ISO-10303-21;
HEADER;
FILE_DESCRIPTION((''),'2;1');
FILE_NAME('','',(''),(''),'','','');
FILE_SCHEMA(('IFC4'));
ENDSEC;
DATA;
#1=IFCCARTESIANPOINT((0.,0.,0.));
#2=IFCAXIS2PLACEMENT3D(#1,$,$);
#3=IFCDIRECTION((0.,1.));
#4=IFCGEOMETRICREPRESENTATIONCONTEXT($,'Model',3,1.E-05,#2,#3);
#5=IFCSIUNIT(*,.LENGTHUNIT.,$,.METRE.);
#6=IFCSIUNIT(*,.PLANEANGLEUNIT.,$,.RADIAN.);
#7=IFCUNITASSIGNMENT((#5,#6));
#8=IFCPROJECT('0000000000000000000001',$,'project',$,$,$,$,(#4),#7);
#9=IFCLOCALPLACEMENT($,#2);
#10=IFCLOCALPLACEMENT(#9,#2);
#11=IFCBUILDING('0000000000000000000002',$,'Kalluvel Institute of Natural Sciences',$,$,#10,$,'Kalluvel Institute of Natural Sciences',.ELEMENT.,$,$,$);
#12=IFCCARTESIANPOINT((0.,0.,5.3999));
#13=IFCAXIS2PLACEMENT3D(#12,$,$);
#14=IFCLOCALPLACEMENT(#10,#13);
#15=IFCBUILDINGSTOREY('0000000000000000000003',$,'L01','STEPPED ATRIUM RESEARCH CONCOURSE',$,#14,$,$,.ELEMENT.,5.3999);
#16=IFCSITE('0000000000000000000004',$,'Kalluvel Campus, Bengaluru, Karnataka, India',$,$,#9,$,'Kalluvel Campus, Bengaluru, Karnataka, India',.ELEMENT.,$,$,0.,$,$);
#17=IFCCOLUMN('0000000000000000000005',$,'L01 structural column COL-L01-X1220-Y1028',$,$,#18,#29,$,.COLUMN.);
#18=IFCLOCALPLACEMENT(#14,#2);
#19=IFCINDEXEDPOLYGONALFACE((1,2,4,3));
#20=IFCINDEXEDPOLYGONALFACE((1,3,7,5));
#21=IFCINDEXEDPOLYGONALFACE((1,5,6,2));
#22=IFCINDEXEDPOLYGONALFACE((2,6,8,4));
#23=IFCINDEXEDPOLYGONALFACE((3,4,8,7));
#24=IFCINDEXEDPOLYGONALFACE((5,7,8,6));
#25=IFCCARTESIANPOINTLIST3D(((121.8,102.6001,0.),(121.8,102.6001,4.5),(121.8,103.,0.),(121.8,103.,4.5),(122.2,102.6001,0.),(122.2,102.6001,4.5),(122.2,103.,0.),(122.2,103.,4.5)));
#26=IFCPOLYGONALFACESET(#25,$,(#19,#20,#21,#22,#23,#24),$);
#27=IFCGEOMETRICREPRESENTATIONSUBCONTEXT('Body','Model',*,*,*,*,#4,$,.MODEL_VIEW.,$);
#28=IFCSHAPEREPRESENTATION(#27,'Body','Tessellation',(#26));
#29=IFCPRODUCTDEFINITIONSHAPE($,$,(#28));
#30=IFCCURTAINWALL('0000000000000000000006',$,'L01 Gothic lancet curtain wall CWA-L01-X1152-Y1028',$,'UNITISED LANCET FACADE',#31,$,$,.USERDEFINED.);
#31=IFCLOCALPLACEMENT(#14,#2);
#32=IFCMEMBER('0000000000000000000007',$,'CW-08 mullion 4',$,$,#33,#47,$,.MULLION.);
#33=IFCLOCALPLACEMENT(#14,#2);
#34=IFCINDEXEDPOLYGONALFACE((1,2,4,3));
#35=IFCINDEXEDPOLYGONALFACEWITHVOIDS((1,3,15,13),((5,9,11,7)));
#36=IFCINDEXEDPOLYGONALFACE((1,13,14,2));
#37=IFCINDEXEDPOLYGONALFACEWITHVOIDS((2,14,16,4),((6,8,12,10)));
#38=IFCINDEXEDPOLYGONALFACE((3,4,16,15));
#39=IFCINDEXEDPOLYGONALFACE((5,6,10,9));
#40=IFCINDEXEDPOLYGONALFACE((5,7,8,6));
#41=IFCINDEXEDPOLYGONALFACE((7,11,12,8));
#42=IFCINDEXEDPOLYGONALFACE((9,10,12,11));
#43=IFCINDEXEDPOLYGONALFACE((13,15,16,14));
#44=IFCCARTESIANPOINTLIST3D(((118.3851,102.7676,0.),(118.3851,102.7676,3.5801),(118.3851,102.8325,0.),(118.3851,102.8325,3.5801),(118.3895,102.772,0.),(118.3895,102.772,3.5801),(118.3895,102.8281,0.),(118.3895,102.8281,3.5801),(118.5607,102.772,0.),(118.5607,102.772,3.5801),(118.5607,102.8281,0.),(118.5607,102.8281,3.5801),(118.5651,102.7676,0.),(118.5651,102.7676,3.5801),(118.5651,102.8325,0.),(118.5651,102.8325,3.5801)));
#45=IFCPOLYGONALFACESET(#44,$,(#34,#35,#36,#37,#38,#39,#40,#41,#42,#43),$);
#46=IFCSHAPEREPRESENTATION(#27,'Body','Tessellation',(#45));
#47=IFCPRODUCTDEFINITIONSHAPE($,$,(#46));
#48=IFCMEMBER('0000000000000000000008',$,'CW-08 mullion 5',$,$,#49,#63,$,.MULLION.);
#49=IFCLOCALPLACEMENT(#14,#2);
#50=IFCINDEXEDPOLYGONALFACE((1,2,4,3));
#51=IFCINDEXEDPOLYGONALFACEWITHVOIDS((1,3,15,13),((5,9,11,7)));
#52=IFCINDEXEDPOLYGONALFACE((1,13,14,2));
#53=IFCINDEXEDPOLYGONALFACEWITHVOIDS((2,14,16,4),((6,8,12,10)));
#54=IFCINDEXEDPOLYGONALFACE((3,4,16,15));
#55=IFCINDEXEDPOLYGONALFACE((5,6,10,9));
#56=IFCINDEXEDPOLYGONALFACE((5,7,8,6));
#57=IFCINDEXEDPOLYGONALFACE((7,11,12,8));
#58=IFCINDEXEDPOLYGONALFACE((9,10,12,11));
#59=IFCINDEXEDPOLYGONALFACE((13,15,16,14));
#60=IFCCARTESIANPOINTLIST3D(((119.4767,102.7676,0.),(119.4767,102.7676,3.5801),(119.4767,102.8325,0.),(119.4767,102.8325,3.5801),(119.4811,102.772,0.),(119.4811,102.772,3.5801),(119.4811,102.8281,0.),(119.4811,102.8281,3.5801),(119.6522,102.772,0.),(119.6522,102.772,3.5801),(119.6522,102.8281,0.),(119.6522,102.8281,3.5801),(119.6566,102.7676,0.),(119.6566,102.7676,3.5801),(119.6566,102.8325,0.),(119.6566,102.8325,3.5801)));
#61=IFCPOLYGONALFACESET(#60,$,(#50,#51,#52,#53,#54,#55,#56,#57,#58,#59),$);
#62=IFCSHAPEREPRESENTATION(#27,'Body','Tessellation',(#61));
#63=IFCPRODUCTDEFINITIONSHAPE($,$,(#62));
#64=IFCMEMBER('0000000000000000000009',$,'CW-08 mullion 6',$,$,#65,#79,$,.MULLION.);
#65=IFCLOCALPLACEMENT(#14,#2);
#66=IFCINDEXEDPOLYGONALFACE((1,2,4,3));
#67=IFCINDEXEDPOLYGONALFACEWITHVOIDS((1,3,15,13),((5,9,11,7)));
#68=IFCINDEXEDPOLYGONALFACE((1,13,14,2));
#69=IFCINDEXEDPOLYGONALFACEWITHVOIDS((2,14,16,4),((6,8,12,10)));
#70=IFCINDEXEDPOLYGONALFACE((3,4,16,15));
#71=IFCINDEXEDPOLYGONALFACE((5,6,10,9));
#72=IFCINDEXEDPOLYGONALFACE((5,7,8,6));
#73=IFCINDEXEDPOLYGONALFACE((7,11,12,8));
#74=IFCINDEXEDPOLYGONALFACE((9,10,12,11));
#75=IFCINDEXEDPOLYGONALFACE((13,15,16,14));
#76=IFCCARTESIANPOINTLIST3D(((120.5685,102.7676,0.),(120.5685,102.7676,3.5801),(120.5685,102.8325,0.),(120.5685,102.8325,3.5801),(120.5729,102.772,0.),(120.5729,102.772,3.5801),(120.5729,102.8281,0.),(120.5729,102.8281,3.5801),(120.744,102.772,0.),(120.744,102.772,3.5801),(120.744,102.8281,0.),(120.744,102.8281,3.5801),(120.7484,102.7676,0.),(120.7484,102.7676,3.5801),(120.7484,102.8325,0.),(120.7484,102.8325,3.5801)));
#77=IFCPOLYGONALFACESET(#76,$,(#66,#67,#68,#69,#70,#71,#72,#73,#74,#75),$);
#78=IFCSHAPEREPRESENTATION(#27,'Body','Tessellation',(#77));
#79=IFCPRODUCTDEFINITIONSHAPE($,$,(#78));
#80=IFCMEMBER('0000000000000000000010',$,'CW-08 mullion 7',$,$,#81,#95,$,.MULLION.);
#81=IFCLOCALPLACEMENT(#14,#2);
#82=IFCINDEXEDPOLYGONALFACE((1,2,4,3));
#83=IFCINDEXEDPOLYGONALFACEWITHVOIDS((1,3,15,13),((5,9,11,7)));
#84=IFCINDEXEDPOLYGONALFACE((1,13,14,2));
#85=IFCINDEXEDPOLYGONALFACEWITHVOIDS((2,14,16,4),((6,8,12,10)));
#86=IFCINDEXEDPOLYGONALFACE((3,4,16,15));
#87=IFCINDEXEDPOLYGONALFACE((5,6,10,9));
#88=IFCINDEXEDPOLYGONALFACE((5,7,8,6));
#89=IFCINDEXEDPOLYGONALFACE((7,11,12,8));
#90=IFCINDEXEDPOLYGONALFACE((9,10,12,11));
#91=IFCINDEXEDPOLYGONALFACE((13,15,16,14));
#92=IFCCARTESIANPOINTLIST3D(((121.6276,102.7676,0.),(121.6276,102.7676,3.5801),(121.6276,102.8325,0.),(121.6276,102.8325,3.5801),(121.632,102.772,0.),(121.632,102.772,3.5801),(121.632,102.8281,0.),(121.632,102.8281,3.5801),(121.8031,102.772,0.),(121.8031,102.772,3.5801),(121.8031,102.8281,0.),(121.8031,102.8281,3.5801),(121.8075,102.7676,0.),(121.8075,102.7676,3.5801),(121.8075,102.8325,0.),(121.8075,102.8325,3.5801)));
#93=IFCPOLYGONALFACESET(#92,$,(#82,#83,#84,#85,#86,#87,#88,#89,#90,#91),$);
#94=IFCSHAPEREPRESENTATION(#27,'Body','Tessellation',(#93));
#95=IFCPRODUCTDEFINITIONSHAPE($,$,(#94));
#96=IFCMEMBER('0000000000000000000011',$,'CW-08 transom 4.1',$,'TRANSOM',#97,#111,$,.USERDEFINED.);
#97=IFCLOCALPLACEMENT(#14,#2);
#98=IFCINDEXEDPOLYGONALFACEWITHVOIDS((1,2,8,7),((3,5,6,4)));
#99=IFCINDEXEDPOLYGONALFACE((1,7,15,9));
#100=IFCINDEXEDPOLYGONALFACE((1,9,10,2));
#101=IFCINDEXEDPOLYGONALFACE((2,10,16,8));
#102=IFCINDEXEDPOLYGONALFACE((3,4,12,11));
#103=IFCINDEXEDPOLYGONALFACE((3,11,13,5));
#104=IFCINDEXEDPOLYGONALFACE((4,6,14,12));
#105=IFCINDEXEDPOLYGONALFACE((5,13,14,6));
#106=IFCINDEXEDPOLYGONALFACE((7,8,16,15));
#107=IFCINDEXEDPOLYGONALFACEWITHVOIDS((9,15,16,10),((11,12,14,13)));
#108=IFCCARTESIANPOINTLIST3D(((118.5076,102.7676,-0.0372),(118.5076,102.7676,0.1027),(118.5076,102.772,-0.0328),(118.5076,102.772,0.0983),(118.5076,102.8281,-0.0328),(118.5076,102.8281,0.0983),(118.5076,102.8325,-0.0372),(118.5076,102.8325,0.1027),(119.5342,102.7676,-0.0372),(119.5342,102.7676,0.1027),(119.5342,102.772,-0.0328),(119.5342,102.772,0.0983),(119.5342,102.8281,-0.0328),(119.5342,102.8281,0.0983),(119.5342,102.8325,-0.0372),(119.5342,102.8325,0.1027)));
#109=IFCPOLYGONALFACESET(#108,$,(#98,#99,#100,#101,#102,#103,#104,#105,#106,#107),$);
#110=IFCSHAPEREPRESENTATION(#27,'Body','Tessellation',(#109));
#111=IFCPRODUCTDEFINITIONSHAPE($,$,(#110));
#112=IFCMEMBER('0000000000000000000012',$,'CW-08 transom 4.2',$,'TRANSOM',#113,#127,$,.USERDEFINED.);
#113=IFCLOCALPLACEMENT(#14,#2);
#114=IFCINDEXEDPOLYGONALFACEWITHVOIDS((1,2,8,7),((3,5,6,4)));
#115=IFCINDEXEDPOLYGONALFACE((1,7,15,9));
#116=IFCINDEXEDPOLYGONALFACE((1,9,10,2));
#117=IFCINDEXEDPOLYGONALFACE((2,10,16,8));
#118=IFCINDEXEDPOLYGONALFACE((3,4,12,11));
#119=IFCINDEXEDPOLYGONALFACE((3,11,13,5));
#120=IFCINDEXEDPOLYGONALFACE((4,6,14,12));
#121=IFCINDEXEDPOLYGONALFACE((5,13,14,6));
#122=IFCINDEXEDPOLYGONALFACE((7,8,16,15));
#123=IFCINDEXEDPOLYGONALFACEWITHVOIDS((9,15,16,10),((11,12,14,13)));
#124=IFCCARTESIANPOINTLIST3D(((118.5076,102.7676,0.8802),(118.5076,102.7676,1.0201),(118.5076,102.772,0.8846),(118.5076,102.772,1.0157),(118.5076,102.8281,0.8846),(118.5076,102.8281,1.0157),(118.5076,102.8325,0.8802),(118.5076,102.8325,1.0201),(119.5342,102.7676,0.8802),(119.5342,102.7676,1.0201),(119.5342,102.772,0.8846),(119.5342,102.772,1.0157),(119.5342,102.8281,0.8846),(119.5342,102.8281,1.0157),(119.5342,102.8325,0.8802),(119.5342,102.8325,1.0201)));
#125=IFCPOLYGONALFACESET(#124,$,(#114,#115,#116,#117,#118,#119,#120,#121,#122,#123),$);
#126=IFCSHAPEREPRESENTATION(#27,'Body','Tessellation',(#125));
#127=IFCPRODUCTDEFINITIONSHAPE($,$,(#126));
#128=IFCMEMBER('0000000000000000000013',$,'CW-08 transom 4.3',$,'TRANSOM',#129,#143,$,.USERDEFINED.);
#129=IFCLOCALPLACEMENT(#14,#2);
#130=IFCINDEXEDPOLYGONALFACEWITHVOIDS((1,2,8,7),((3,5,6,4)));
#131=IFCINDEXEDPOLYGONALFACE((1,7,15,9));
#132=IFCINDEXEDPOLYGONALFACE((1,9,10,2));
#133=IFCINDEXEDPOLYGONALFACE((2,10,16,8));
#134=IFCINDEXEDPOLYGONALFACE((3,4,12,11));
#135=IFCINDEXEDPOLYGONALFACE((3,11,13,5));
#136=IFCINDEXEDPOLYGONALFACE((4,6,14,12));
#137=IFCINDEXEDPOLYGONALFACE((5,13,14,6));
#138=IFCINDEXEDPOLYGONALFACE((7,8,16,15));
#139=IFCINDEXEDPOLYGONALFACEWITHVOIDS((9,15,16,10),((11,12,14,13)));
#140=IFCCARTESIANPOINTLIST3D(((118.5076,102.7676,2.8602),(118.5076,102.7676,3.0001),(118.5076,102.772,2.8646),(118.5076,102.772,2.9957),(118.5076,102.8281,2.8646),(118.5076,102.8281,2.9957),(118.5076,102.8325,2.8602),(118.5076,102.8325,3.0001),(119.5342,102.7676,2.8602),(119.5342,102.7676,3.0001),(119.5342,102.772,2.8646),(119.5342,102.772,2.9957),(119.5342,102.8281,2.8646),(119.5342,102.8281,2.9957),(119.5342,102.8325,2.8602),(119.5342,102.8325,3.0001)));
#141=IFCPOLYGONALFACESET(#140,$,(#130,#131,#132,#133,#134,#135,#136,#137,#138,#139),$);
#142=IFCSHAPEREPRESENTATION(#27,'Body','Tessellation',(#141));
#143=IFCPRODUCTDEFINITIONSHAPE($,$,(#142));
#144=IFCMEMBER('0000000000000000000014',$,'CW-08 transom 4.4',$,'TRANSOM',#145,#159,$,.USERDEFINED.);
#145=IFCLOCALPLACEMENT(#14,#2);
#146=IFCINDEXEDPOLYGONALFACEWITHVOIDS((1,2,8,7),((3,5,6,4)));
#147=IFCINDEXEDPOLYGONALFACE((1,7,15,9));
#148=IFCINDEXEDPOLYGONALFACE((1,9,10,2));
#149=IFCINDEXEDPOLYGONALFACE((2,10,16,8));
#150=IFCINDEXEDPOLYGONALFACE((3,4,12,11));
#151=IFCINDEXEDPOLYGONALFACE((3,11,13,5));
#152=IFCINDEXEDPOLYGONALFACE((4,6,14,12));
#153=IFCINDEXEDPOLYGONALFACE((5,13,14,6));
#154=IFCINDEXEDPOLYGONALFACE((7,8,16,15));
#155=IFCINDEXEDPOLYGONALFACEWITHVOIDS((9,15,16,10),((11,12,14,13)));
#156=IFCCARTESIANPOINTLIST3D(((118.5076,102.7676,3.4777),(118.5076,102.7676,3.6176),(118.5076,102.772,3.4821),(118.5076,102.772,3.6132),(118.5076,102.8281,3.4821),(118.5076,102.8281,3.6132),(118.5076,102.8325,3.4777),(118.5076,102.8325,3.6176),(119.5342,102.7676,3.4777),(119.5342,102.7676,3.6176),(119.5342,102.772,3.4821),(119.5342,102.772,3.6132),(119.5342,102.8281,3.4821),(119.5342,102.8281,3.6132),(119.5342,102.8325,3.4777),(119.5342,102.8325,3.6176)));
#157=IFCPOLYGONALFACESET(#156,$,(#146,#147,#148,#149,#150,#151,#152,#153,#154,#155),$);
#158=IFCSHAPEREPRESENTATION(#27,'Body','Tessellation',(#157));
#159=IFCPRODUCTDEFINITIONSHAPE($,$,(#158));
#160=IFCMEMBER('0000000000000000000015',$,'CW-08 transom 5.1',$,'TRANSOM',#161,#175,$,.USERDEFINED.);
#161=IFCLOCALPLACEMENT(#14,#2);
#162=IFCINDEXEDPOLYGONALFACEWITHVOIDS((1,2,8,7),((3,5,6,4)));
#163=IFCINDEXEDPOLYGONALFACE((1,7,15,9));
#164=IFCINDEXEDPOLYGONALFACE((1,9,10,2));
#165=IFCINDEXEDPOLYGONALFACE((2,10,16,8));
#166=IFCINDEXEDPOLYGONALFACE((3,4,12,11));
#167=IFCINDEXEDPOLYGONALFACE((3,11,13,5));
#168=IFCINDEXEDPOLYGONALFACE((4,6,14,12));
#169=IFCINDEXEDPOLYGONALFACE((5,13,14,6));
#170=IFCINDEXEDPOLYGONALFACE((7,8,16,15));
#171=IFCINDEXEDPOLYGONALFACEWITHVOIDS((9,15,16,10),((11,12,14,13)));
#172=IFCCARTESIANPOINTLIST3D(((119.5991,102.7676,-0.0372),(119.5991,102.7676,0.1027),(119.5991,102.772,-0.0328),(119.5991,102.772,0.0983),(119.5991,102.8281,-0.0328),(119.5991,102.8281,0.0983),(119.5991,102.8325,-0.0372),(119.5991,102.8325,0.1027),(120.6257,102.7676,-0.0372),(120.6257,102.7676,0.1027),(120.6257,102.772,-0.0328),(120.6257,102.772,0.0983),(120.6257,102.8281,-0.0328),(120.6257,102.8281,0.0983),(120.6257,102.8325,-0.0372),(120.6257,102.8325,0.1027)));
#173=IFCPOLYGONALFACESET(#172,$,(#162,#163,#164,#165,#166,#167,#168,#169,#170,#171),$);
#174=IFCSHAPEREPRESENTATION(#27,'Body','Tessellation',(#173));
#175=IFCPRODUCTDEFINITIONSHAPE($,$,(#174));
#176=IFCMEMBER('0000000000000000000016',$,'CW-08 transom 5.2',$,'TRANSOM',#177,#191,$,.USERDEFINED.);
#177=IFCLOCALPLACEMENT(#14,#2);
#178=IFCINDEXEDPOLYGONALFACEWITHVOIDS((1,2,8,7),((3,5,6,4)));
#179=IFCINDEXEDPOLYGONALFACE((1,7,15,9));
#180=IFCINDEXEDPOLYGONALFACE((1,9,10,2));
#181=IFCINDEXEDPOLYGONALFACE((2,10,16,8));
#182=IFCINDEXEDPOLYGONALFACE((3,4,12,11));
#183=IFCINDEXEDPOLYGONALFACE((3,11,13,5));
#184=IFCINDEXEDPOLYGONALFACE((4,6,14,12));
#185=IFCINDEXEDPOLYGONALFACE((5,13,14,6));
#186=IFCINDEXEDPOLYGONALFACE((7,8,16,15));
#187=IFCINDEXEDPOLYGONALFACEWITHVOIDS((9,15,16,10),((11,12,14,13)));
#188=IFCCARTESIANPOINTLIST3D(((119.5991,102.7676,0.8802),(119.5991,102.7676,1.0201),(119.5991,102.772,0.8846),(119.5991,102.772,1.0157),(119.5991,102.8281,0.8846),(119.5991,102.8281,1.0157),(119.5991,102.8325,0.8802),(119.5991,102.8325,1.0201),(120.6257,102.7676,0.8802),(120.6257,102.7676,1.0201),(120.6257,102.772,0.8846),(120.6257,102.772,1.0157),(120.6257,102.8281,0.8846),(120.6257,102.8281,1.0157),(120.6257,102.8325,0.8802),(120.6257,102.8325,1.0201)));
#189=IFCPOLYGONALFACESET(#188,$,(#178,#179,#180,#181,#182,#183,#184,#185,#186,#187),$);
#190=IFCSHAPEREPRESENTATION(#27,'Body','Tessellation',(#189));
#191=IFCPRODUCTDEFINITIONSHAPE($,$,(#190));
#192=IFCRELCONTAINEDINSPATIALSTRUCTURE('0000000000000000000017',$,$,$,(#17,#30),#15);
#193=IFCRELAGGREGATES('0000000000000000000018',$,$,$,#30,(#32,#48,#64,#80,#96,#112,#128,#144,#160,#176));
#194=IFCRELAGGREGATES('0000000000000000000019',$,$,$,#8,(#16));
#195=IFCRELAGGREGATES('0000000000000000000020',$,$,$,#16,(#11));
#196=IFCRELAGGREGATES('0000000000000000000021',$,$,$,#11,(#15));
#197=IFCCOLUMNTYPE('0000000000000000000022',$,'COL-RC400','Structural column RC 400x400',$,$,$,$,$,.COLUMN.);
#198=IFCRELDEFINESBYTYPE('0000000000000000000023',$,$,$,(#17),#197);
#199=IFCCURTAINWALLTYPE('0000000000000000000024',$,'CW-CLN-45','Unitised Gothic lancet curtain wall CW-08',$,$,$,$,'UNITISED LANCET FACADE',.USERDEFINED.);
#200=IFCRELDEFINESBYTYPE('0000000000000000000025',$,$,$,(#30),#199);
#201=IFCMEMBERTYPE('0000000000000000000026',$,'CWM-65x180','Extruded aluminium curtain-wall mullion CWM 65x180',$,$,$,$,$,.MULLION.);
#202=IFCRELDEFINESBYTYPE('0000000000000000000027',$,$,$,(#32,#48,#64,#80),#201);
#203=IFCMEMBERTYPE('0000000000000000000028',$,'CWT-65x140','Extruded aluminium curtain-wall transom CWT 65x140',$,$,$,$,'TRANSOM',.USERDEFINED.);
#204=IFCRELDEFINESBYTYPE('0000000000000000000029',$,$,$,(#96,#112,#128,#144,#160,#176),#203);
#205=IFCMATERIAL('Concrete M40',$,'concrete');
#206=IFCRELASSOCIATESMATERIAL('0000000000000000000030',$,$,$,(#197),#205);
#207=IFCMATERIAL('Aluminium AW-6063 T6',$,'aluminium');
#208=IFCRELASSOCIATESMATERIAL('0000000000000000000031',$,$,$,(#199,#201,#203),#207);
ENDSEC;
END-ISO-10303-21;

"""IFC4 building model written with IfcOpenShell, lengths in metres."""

from ifc_helpers import new_model, si_unit, direction, frame, origin, origin_2d, place, context, subcontext, project, spatial, rectangle, hollow_rectangle, extrude, material, material_profile, profile_set, type_object, element, aggregate, save


model = new_model("IFC4")

# Units and contexts
model_context = context("Model", 3, precision=1e-05, world=origin(), true_north=direction((0.0, 1.0)))
body_context = subcontext(model_context, "Body", "Model", "MODEL_VIEW")
ifc_project = project(units=[si_unit("LENGTHUNIT", "METRE"), si_unit("PLANEANGLEUNIT", "RADIAN")], contexts=[model_context])

# Site, building, storey
site_placement = place(None, origin())
site = spatial("IfcSite", under=ifc_project, at=site_placement, Name="Kalluvel Campus, Bengaluru, Karnataka, India", LongName="Kalluvel Campus, Bengaluru, Karnataka, India", CompositionType="ELEMENT", RefElevation=0.0)
building_placement = place(site_placement, origin())
building = spatial("IfcBuilding", under=site, at=building_placement, Name="Kalluvel Institute of Natural Sciences", LongName="Kalluvel Institute of Natural Sciences", CompositionType="ELEMENT")
storey_placement = place(building_placement, frame((0.0, 0.0, 5.3999)))
storey = spatial("IfcBuildingStorey", under=building, at=storey_placement, Name="L01", Description="STEPPED ATRIUM RESEARCH CONCOURSE", CompositionType="ELEMENT", Elevation=5.3999)

# Column
ifc_material_1 = material(Name="Concrete M40", Category="concrete")
ifc_material_profile_1 = material_profile(ifc_material_1, rectangle(XDim=0.3999, YDim=0.3999, at=origin_2d()), Name="RC 400x400")
ifc_profile_set_1 = profile_set([ifc_material_profile_1], Name="Concrete M40")
column_type = type_object("IfcColumnType", Name="COL-RC400", Description="Structural column RC 400x400", PredefinedType="COLUMN", material=ifc_profile_set_1)
column_placement = place(storey_placement, frame((122.0, 102.8, 0.0), z_axis=(0.0, 0.0, 1.0), x_axis=(1.0, 0.0, 0.0)))
element("IfcColumn", 1, at=column_placement, inside=storey, type_object=column_type, Name="L01 structural column COL-L01-X1220-Y1028", PredefinedType="COLUMN", context=body_context, shape_type="SweptSolid", body=[
    extrude(rectangle(XDim=0.3999, YDim=0.3999, at=origin_2d()), origin(), (0.0, 0.0, 1.0), 4.5),
])

# Curtain wall, members
ifc_material_2 = material(Name="Aluminium AW-6063 T6", Category="aluminium")
curtain_wall_type = type_object("IfcCurtainWallType", Name="CW-CLN-45", Description="Unitised Gothic lancet curtain wall CW-08", ElementType="UNITISED LANCET FACADE", PredefinedType="USERDEFINED", material=ifc_material_2)
curtain_wall_placement = place(storey_placement, origin())
curtain_wall = element("IfcCurtainWall", 2, at=curtain_wall_placement, inside=storey, type_object=curtain_wall_type, Name="L01 Gothic lancet curtain wall CWA-L01-X1152-Y1028", ObjectType="UNITISED LANCET FACADE", PredefinedType="USERDEFINED")
ifc_material_profile_2 = material_profile(ifc_material_2, hollow_rectangle(XDim=0.0649, YDim=0.1799, WallThickness=0.0044, at=origin_2d()), Name="CWM 65x180")
ifc_profile_set_2 = profile_set([ifc_material_profile_2], Name="Aluminium AW-6063 T6")
member_type_1 = type_object("IfcMemberType", Name="CWM-65x180", Description="Extruded aluminium curtain-wall mullion CWM 65x180", PredefinedType="MULLION", material=ifc_profile_set_2)
member_1_placement = place(storey_placement, frame((118.4751, 102.8, 0.0), z_axis=(0.0, 0.0, 1.0), x_axis=(0.0, 1.0, 0.0)))
member_1 = element("IfcMember", 3, at=member_1_placement, type_object=member_type_1, Name="CW-08 mullion 4", PredefinedType="MULLION", context=body_context, shape_type="SweptSolid", body=[
    extrude(hollow_rectangle(XDim=0.0649, YDim=0.1799, WallThickness=0.0044, at=origin_2d()), origin(), (0.0, 0.0, 1.0), 3.5801),
])
member_2_placement = place(storey_placement, frame((119.5667, 102.8, 0.0), z_axis=(0.0, 0.0, 1.0), x_axis=(0.0, 1.0, 0.0)))
member_2 = element("IfcMember", 4, at=member_2_placement, type_object=member_type_1, Name="CW-08 mullion 5", PredefinedType="MULLION", context=body_context, shape_type="SweptSolid", body=[
    extrude(hollow_rectangle(XDim=0.0649, YDim=0.1799, WallThickness=0.0044, at=origin_2d()), origin(), (0.0, 0.0, 1.0), 3.5801),
])
member_3_placement = place(storey_placement, frame((120.6584, 102.8, 0.0), z_axis=(0.0, 0.0, 1.0), x_axis=(0.0, 1.0, 0.0)))
member_3 = element("IfcMember", 5, at=member_3_placement, type_object=member_type_1, Name="CW-08 mullion 6", PredefinedType="MULLION", context=body_context, shape_type="SweptSolid", body=[
    extrude(hollow_rectangle(XDim=0.0649, YDim=0.1799, WallThickness=0.0044, at=origin_2d()), origin(), (0.0, 0.0, 1.0), 3.5801),
])
member_4_placement = place(storey_placement, frame((121.7175, 102.8, 0.0), z_axis=(0.0, 0.0, 1.0), x_axis=(0.0, 1.0, 0.0)))
member_4 = element("IfcMember", 6, at=member_4_placement, type_object=member_type_1, Name="CW-08 mullion 7", PredefinedType="MULLION", context=body_context, shape_type="SweptSolid", body=[
    extrude(hollow_rectangle(XDim=0.0649, YDim=0.1799, WallThickness=0.0044, at=origin_2d()), origin(), (0.0, 0.0, 1.0), 3.5801),
])
ifc_material_profile_3 = material_profile(ifc_material_2, hollow_rectangle(XDim=0.0649, YDim=0.1399, WallThickness=0.0044, at=origin_2d()), Name="CWT 65x140")
ifc_profile_set_3 = profile_set([ifc_material_profile_3], Name="Aluminium AW-6063 T6")
member_type_2 = type_object("IfcMemberType", Name="CWT-65x140", Description="Extruded aluminium curtain-wall transom CWT 65x140", ElementType="TRANSOM", PredefinedType="USERDEFINED", material=ifc_profile_set_3)
member_5_placement = place(storey_placement, frame((118.5076, 102.8, 0.0327), z_axis=(1.0, 0.0, 0.0), x_axis=(0.0, 1.0, 0.0)))
member_5 = element("IfcMember", 7, at=member_5_placement, type_object=member_type_2, Name="CW-08 transom 4.1", ObjectType="TRANSOM", PredefinedType="USERDEFINED", context=body_context, shape_type="SweptSolid", body=[
    extrude(hollow_rectangle(XDim=0.0649, YDim=0.1399, WallThickness=0.0044, at=origin_2d()), origin(), (0.0, 0.0, 1.0), 1.0266),
])
member_6_placement = place(storey_placement, frame((118.5076, 102.8, 0.9502), z_axis=(1.0, 0.0, 0.0), x_axis=(0.0, 1.0, 0.0)))
member_6 = element("IfcMember", 8, at=member_6_placement, type_object=member_type_2, Name="CW-08 transom 4.2", ObjectType="TRANSOM", PredefinedType="USERDEFINED", context=body_context, shape_type="SweptSolid", body=[
    extrude(hollow_rectangle(XDim=0.0649, YDim=0.1399, WallThickness=0.0044, at=origin_2d()), origin(), (0.0, 0.0, 1.0), 1.0266),
])
member_7_placement = place(storey_placement, frame((118.5076, 102.8, 2.9302), z_axis=(1.0, 0.0, 0.0), x_axis=(0.0, 1.0, 0.0)))
member_7 = element("IfcMember", 9, at=member_7_placement, type_object=member_type_2, Name="CW-08 transom 4.3", ObjectType="TRANSOM", PredefinedType="USERDEFINED", context=body_context, shape_type="SweptSolid", body=[
    extrude(hollow_rectangle(XDim=0.0649, YDim=0.1399, WallThickness=0.0044, at=origin_2d()), origin(), (0.0, 0.0, 1.0), 1.0266),
])
member_8_placement = place(storey_placement, frame((118.5076, 102.8, 3.5476), z_axis=(1.0, 0.0, 0.0), x_axis=(0.0, 1.0, 0.0)))
member_8 = element("IfcMember", 10, at=member_8_placement, type_object=member_type_2, Name="CW-08 transom 4.4", ObjectType="TRANSOM", PredefinedType="USERDEFINED", context=body_context, shape_type="SweptSolid", body=[
    extrude(hollow_rectangle(XDim=0.0649, YDim=0.1399, WallThickness=0.0044, at=origin_2d()), origin(), (0.0, 0.0, 1.0), 1.0266),
])
member_9_placement = place(storey_placement, frame((119.5991, 102.8, 0.0327), z_axis=(1.0, 0.0, 0.0), x_axis=(0.0, 1.0, 0.0)))
member_9 = element("IfcMember", 11, at=member_9_placement, type_object=member_type_2, Name="CW-08 transom 5.1", ObjectType="TRANSOM", PredefinedType="USERDEFINED", context=body_context, shape_type="SweptSolid", body=[
    extrude(hollow_rectangle(XDim=0.0649, YDim=0.1399, WallThickness=0.0044, at=origin_2d()), origin(), (0.0, 0.0, 1.0), 1.0266),
])
member_10_placement = place(storey_placement, frame((119.5991, 102.8, 0.9502), z_axis=(1.0, 0.0, 0.0), x_axis=(0.0, 1.0, 0.0)))
member_10 = element("IfcMember", 12, at=member_10_placement, type_object=member_type_2, Name="CW-08 transom 5.2", ObjectType="TRANSOM", PredefinedType="USERDEFINED", context=body_context, shape_type="SweptSolid", body=[
    extrude(hollow_rectangle(XDim=0.0649, YDim=0.1399, WallThickness=0.0044, at=origin_2d()), origin(), (0.0, 0.0, 1.0), 1.0266),
])
aggregate(curtain_wall, [member_1, member_2, member_3, member_4, member_5, member_6, member_7, member_8, member_9, member_10])

save(model, "model.ifc")
